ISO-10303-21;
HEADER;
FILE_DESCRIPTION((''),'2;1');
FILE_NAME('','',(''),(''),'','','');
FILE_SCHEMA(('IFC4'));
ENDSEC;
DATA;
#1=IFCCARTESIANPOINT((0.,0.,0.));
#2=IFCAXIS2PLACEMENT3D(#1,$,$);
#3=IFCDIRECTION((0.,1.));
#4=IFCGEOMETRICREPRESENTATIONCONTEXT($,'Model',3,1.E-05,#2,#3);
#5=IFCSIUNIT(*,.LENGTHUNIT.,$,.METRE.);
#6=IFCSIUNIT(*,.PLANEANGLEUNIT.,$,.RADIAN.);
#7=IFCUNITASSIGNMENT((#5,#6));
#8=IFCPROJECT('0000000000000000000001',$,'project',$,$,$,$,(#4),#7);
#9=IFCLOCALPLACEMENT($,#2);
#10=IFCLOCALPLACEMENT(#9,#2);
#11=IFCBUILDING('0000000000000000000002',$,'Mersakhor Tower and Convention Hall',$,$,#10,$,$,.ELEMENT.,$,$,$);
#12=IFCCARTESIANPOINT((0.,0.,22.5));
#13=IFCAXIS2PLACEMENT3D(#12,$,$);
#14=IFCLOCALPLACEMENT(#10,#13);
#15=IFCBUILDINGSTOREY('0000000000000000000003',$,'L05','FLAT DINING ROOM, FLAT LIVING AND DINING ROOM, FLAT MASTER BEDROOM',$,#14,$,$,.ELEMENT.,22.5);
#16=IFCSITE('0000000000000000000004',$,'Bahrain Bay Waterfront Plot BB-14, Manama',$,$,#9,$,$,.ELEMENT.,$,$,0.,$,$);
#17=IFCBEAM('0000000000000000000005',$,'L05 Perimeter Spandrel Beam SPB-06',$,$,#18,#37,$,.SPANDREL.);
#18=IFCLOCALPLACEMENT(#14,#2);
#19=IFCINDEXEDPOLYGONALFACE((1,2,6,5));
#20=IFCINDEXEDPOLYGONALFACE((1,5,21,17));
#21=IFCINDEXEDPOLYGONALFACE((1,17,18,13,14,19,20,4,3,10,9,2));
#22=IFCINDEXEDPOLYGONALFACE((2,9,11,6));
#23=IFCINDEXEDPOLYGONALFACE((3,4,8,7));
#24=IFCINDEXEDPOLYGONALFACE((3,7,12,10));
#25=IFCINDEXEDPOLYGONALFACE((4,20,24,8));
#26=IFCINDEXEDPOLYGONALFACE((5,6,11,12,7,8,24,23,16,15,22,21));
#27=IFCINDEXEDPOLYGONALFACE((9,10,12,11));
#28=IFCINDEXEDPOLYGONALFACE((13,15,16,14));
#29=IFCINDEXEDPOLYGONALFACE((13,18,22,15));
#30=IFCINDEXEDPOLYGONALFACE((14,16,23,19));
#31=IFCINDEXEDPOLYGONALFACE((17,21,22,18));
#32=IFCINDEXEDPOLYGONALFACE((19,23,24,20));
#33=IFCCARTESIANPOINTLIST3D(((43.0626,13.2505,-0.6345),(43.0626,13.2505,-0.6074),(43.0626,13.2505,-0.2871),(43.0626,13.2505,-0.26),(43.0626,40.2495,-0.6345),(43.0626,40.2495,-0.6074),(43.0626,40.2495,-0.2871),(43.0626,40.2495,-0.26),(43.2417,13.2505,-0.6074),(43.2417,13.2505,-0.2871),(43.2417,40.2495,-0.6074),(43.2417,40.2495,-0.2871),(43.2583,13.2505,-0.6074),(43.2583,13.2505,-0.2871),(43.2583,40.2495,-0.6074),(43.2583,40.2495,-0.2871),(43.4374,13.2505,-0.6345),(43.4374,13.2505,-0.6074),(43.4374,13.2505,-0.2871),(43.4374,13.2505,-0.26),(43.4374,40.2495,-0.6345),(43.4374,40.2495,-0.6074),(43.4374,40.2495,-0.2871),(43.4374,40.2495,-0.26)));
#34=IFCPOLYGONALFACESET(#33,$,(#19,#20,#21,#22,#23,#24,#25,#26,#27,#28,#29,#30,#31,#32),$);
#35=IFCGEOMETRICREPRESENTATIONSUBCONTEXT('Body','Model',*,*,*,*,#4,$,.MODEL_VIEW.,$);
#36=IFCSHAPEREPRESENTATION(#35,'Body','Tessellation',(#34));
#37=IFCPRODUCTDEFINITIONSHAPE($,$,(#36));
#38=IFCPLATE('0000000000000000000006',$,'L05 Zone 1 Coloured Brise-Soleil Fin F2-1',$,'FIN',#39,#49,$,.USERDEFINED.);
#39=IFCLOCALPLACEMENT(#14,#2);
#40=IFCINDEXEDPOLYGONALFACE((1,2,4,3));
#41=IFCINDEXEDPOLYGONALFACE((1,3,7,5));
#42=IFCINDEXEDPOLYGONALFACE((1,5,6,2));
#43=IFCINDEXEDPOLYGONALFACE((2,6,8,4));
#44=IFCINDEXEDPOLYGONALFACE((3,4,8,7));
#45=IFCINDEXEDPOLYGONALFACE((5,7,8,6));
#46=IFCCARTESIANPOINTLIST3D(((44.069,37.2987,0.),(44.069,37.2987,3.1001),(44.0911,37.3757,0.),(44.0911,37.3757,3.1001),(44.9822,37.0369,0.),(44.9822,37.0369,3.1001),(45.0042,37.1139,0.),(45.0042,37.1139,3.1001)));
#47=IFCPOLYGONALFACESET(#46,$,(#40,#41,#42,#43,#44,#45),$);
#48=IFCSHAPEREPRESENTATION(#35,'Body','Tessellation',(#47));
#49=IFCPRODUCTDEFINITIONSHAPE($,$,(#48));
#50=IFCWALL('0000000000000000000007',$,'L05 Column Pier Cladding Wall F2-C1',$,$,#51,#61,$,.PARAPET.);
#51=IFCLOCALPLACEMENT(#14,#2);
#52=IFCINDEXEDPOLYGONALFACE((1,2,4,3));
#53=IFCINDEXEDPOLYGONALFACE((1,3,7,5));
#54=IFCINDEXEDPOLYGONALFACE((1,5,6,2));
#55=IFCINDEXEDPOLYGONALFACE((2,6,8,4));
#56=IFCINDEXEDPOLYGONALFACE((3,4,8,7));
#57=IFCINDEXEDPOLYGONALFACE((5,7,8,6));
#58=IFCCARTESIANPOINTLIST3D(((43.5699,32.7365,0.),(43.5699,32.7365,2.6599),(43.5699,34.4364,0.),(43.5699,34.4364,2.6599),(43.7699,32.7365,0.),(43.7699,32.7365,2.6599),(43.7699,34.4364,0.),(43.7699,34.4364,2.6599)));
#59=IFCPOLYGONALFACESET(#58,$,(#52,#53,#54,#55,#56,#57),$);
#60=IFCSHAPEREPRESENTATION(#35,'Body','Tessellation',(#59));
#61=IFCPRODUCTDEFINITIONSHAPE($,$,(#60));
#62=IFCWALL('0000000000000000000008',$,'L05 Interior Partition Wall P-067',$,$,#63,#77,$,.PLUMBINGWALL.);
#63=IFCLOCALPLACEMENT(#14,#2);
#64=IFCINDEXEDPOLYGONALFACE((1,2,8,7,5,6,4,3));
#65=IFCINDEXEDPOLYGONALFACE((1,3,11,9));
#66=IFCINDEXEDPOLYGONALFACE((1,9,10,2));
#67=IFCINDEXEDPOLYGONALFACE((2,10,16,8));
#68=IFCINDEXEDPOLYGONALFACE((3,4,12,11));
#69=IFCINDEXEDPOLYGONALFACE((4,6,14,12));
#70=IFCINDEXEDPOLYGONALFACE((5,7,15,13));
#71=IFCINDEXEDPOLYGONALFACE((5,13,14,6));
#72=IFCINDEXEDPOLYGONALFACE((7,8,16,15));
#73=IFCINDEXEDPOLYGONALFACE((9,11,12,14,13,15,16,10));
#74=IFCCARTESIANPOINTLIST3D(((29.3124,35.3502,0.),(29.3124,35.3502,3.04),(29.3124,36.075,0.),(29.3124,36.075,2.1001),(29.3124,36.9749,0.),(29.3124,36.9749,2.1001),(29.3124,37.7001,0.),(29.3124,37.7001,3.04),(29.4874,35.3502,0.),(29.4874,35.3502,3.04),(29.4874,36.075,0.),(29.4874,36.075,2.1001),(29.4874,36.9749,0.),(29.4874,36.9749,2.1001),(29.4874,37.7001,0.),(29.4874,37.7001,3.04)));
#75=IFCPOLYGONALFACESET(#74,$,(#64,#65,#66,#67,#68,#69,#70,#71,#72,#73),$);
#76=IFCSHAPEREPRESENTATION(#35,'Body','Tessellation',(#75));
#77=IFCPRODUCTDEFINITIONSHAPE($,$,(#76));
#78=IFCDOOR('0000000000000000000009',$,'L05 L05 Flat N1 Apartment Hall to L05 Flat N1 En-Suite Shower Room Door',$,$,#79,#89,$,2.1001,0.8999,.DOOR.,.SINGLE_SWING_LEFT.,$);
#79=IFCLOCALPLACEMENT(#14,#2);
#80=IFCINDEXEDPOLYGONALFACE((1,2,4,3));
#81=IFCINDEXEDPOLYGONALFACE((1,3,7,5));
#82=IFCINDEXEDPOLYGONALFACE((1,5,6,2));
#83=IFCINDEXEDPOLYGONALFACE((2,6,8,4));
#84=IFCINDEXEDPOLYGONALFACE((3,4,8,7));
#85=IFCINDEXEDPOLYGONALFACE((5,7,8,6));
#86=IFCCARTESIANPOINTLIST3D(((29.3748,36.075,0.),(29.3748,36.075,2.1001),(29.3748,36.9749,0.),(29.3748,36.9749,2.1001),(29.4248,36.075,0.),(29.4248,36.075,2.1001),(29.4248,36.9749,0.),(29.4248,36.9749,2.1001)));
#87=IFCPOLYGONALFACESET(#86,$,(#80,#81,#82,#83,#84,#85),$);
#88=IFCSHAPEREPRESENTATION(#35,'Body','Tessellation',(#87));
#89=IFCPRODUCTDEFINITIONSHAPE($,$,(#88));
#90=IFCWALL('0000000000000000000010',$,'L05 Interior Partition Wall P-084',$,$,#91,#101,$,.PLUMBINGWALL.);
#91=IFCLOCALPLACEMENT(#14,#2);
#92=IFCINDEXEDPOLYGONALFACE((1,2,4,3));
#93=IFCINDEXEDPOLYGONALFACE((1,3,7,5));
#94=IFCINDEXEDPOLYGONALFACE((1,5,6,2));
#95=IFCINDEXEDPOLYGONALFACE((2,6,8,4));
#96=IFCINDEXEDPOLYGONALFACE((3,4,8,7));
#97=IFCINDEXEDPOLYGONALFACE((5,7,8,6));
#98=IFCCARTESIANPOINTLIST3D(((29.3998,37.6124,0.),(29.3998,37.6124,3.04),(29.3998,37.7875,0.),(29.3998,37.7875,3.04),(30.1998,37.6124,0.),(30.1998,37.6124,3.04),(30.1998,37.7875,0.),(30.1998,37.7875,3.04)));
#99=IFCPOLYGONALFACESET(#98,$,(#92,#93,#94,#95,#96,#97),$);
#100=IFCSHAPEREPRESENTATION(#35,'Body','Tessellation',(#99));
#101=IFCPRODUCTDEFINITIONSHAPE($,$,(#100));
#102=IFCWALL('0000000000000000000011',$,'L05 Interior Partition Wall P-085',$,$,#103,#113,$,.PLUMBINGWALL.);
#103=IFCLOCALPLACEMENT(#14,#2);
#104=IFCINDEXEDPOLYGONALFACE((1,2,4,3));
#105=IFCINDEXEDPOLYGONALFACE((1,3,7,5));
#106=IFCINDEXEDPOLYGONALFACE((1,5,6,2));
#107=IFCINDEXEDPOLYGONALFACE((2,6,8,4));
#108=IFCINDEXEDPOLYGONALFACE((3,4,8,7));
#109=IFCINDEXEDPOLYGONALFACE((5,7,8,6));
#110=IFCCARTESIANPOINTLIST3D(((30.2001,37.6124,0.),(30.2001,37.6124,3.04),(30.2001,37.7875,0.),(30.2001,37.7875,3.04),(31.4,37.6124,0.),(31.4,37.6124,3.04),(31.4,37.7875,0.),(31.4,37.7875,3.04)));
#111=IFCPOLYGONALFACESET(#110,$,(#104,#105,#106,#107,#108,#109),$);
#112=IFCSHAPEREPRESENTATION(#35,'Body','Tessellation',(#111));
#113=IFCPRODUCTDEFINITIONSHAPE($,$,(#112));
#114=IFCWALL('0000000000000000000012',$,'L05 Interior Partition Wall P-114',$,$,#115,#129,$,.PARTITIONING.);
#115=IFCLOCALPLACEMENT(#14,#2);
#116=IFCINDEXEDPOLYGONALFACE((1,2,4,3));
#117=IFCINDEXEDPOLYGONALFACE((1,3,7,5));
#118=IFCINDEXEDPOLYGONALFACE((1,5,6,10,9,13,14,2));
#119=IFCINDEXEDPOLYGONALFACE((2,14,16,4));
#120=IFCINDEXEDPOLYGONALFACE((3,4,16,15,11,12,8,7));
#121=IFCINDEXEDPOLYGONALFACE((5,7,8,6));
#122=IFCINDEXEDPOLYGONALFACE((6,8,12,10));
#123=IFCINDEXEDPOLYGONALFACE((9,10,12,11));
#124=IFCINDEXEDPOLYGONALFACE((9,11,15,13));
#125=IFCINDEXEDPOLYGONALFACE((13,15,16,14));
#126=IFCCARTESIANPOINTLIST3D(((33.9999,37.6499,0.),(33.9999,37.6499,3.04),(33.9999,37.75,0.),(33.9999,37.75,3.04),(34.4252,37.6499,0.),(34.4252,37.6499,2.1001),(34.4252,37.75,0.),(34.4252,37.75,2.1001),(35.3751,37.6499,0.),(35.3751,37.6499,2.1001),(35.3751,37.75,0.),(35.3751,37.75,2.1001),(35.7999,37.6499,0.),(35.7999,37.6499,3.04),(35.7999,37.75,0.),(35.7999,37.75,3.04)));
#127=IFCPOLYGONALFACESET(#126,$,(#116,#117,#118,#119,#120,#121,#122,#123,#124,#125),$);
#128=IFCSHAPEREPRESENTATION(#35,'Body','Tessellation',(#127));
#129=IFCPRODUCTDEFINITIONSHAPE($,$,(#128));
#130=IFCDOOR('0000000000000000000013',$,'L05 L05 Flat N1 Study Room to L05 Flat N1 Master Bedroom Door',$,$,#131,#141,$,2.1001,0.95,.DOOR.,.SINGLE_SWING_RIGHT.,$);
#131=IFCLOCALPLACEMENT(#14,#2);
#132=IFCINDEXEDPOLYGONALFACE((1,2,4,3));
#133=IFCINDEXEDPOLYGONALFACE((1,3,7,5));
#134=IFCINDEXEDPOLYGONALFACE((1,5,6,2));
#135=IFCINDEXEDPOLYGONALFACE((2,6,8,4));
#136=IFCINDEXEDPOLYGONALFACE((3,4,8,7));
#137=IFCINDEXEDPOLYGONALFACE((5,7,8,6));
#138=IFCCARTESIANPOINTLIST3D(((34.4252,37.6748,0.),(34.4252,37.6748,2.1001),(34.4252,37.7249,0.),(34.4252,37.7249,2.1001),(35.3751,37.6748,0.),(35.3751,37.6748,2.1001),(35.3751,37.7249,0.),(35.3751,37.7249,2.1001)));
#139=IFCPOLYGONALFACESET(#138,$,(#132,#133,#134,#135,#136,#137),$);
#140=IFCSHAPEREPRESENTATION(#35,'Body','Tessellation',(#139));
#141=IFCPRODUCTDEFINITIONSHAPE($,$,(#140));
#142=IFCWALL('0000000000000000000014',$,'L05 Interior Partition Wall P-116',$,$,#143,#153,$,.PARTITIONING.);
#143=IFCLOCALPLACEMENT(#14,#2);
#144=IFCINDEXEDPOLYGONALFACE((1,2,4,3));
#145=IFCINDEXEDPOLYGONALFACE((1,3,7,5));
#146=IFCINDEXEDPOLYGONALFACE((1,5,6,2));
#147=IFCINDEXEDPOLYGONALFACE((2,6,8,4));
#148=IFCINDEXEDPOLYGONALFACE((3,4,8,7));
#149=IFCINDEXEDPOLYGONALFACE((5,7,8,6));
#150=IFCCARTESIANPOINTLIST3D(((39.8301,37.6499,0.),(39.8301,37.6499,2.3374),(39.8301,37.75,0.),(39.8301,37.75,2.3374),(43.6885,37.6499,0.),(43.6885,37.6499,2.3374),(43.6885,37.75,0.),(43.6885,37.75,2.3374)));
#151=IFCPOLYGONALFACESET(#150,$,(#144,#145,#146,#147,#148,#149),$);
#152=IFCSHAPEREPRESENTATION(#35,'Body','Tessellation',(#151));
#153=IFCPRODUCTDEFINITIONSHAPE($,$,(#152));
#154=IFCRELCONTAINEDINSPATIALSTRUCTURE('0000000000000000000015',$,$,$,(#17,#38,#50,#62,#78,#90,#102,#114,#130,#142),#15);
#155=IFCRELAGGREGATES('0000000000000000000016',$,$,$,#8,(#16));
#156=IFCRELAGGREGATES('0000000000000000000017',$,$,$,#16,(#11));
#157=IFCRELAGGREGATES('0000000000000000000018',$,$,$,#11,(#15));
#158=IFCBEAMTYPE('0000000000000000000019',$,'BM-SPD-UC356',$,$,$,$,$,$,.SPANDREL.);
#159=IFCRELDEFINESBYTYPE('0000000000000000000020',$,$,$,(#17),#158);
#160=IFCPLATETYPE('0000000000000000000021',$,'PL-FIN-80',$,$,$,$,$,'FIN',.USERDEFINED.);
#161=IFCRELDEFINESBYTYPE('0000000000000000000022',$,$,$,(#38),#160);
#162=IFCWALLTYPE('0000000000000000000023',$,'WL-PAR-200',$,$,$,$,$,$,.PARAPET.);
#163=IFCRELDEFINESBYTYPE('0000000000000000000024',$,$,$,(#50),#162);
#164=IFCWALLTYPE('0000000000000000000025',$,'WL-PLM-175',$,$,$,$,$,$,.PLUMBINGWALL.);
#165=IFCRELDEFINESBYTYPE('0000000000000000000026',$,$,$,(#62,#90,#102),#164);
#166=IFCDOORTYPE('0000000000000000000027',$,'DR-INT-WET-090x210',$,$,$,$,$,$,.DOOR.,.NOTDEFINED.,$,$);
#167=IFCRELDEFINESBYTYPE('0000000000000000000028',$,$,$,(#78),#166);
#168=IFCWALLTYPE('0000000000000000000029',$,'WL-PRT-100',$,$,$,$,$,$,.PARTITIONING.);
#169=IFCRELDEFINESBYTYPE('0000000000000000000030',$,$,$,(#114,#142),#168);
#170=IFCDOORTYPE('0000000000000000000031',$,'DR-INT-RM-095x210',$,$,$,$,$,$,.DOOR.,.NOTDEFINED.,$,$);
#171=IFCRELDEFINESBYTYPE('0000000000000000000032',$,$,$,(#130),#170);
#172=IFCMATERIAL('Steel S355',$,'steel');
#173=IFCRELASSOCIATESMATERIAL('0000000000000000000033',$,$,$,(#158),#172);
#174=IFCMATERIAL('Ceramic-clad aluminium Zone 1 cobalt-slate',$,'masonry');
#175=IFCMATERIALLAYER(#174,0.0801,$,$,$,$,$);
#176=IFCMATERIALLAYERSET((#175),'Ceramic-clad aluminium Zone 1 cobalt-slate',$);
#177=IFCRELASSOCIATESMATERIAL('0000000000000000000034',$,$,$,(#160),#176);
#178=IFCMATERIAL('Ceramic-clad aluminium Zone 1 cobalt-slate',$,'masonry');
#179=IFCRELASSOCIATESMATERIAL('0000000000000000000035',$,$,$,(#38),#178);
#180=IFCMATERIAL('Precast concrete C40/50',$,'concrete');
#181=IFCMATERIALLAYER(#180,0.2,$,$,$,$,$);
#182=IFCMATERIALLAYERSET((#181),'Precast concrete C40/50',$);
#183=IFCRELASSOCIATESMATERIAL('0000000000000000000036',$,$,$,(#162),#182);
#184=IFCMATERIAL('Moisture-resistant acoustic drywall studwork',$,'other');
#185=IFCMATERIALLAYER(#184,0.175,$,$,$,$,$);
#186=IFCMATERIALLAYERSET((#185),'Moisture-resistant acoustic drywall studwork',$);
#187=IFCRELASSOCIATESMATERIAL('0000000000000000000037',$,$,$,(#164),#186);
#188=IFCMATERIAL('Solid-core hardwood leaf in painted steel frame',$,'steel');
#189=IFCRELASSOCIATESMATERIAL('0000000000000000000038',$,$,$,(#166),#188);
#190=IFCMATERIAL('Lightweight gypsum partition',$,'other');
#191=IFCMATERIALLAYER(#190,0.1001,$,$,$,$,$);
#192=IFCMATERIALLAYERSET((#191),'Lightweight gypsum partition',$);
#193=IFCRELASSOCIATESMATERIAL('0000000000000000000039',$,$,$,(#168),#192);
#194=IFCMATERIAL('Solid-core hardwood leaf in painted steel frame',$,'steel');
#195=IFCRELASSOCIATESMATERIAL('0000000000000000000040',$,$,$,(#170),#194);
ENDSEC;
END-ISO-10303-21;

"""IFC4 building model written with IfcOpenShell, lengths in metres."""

from ifc_helpers import new_model, si_unit, direction, frame, frame_2d, origin, origin_2d, place, context, subcontext, project, spatial, rectangle, i_section, extrude, material, layer, layer_set, material_profile, profile_set, type_object, element, fill, save


model = new_model("IFC4")

# Units and contexts
model_context = context("Model", 3, precision=1e-05, world=origin(), true_north=direction((0.0, 1.0)))
body_context = subcontext(model_context, "Body", "Model", "MODEL_VIEW")
ifc_project = project(units=[si_unit("LENGTHUNIT", "METRE"), si_unit("PLANEANGLEUNIT", "RADIAN")], contexts=[model_context])

# Site, building, storey
site_placement = place(None, origin())
site = spatial("IfcSite", under=ifc_project, at=site_placement, Name="Bahrain Bay Waterfront Plot BB-14, Manama", CompositionType="ELEMENT", RefElevation=0.0)
building_placement = place(site_placement, origin())
building = spatial("IfcBuilding", under=site, at=building_placement, Name="Mersakhor Tower and Convention Hall", CompositionType="ELEMENT")
storey_placement = place(building_placement, frame((0.0, 0.0, 22.5)))
storey = spatial("IfcBuildingStorey", under=building, at=storey_placement, Name="L05", Description="FLAT DINING ROOM, FLAT LIVING AND DINING ROOM, FLAT MASTER BEDROOM", CompositionType="ELEMENT", Elevation=22.5)

# Beam
ifc_material_1 = material(Name="Steel S355", Category="steel")
ifc_material_profile = material_profile(ifc_material_1, i_section(OverallWidth=0.3748, OverallDepth=0.3745, WebThickness=0.0166, FlangeThickness=0.0271, at=origin_2d()), Name="UC 356x368x202")
ifc_profile_set = profile_set([ifc_material_profile], Name="Steel S355")
beam_type = type_object("IfcBeamType", Name="BM-SPD-UC356", PredefinedType="SPANDREL", material=ifc_profile_set)
beam_placement = place(storey_placement, frame((43.25, 40.2495, -0.4473), z_axis=(0.0, -1.0, 0.0), x_axis=(1.0, 0.0, 0.0)))
element("IfcBeam", 1, at=beam_placement, inside=storey, type_object=beam_type, Name="L05 Perimeter Spandrel Beam SPB-06", PredefinedType="SPANDREL", context=body_context, shape_type="SweptSolid", body=[
    extrude(i_section(OverallWidth=0.3748, OverallDepth=0.3745, WebThickness=0.0166, FlangeThickness=0.0271, at=origin_2d()), origin(), (0.0, 0.0, 1.0), 26.999),
])

# Plate
ifc_material_2 = material(Name="Ceramic-clad aluminium Zone 1 cobalt-slate", Category="masonry")
ifc_material_3 = material(Name="Ceramic-clad aluminium Zone 1 cobalt-slate", Category="masonry")
ifc_layer_1 = layer(ifc_material_3, 0.0801)
ifc_layer_set_1 = layer_set([ifc_layer_1], Name="Ceramic-clad aluminium Zone 1 cobalt-slate")
plate_type = type_object("IfcPlateType", Name="PL-FIN-80", ElementType="FIN", PredefinedType="USERDEFINED", material=ifc_layer_set_1)
plate_placement = place(storey_placement, frame((44.5366, 37.2063, 0.0), z_axis=(0.0, 0.0, 1.0), x_axis=(0.961262, -0.275637, 0.0)))
element("IfcPlate", 2, at=plate_placement, inside=storey, type_object=plate_type, material=ifc_material_2, Name="L05 Zone 1 Coloured Brise-Soleil Fin F2-1", ObjectType="FIN", PredefinedType="USERDEFINED", context=body_context, shape_type="SweptSolid", body=[
    extrude(rectangle(XDim=0.95, YDim=0.0801, at=origin_2d()), origin(), (0.0, 0.0, 1.0), 3.1001),
])

# Wall
ifc_material_4 = material(Name="Precast concrete C40/50", Category="concrete")
ifc_layer_2 = layer(ifc_material_4, 0.2)
ifc_layer_set_2 = layer_set([ifc_layer_2], Name="Precast concrete C40/50")
wall_type_1 = type_object("IfcWallType", Name="WL-PAR-200", PredefinedType="PARAPET", material=ifc_layer_set_2)
wall_1_placement = place(storey_placement, frame((43.6699, 34.4365, 0.0), z_axis=(0.0, 0.0, 1.0), x_axis=(0.0, -1.0, 0.0)))
element("IfcWall", 3, at=wall_1_placement, inside=storey, type_object=wall_type_1, Name="L05 Column Pier Cladding Wall F2-C1", PredefinedType="PARAPET", context=body_context, shape_type="SweptSolid", body=[
    extrude(rectangle(XDim=1.7, YDim=0.2, at=frame_2d((0.8501, 0.0))), origin(), (0.0, 0.0, 1.0), 2.6599),
])

# Wall, opening, door
ifc_material_5 = material(Name="Moisture-resistant acoustic drywall studwork", Category="other")
ifc_layer_3 = layer(ifc_material_5, 0.175)
ifc_layer_set_3 = layer_set([ifc_layer_3], Name="Moisture-resistant acoustic drywall studwork")
wall_type_2 = type_object("IfcWallType", Name="WL-PLM-175", PredefinedType="PLUMBINGWALL", material=ifc_layer_set_3)
wall_2_placement = place(storey_placement, frame((29.3999, 37.7, 0.0), z_axis=(0.0, 0.0, 1.0), x_axis=(0.0, -1.0, 0.0)))
wall_2 = element("IfcWall", 4, at=wall_2_placement, inside=storey, type_object=wall_type_2, Name="L05 Interior Partition Wall P-067", PredefinedType="PLUMBINGWALL", context=body_context, shape_type="SweptSolid", body=[
    extrude(rectangle(XDim=2.3499, YDim=0.175, at=frame_2d((1.1748, 0.0))), origin(), (0.0, 0.0, 1.0), 3.04),
])
opening_1_placement = place(wall_2_placement, frame((0.7251, 0.0, 0.0)))
opening_1 = element("IfcOpeningElement", 5, at=opening_1_placement, cuts=wall_2, PredefinedType="OPENING", context=body_context, shape_type="SweptSolid", body=[
    extrude(rectangle(XDim=0.8999, YDim=2.1001, at=frame_2d((0.45, 1.05))), frame((0.0, 0.0974, 0.0), z_axis=(0.0, -1.0, 0.0), x_axis=(1.0, 0.0, 0.0)), (0.0, 0.0, 1.0), 0.1951),
])
ifc_material_6 = material(Name="Solid-core hardwood leaf in painted steel frame", Category="steel")
door_type_1 = type_object("IfcDoorType", Name="DR-INT-WET-090x210", OperationType="NOTDEFINED", PredefinedType="DOOR", material=ifc_material_6)
door_1_placement = place(opening_1_placement, origin())
door_1 = element("IfcDoor", 6, at=door_1_placement, inside=storey, type_object=door_type_1, Name="L05 L05 Flat N1 Apartment Hall to L05 Flat N1 En-Suite Shower Room Door", OperationType="SINGLE_SWING_LEFT", OverallHeight=2.1001, OverallWidth=0.8999, PredefinedType="DOOR", context=body_context, shape_type="SweptSolid", body=[
    extrude(rectangle(XDim=0.8999, YDim=2.1001, at=frame_2d((0.45, 1.05))), frame((0.0, 0.0249, 0.0), z_axis=(0.0, -1.0, 0.0), x_axis=(1.0, 0.0, 0.0)), (0.0, 0.0, 1.0), 0.05),
])
fill(opening_1, door_1)

# Walls
wall_3_placement = place(storey_placement, frame((29.3999, 37.7, 0.0), z_axis=(0.0, 0.0, 1.0), x_axis=(1.0, 0.0, 0.0)))
element("IfcWall", 7, at=wall_3_placement, inside=storey, type_object=wall_type_2, Name="L05 Interior Partition Wall P-084", PredefinedType="PLUMBINGWALL", context=body_context, shape_type="SweptSolid", body=[
    extrude(rectangle(XDim=0.8, YDim=0.175, at=frame_2d((0.3999, 0.0))), origin(), (0.0, 0.0, 1.0), 3.04),
])
wall_4_placement = place(storey_placement, frame((30.2, 37.7, 0.0), z_axis=(0.0, 0.0, 1.0), x_axis=(1.0, 0.0, 0.0)))
element("IfcWall", 8, at=wall_4_placement, inside=storey, type_object=wall_type_2, Name="L05 Interior Partition Wall P-085", PredefinedType="PLUMBINGWALL", context=body_context, shape_type="SweptSolid", body=[
    extrude(rectangle(XDim=1.2, YDim=0.175, at=frame_2d((0.6001, 0.0))), origin(), (0.0, 0.0, 1.0), 3.04),
])

# Wall, opening, door
ifc_material_7 = material(Name="Lightweight gypsum partition", Category="other")
ifc_layer_4 = layer(ifc_material_7, 0.1001)
ifc_layer_set_4 = layer_set([ifc_layer_4], Name="Lightweight gypsum partition")
wall_type_3 = type_object("IfcWallType", Name="WL-PRT-100", PredefinedType="PARTITIONING", material=ifc_layer_set_4)
wall_5_placement = place(storey_placement, frame((34.0, 37.7, 0.0), z_axis=(0.0, 0.0, 1.0), x_axis=(1.0, 0.0, 0.0)))
wall_5 = element("IfcWall", 9, at=wall_5_placement, inside=storey, type_object=wall_type_3, Name="L05 Interior Partition Wall P-114", PredefinedType="PARTITIONING", context=body_context, shape_type="SweptSolid", body=[
    extrude(rectangle(XDim=1.8, YDim=0.1001, at=frame_2d((0.8999, 0.0))), origin(), (0.0, 0.0, 1.0), 3.04),
])
opening_2_placement = place(wall_5_placement, frame((0.425, 0.0, 0.0)))
opening_2 = element("IfcOpeningElement", 10, at=opening_2_placement, cuts=wall_5, PredefinedType="OPENING", context=body_context, shape_type="SweptSolid", body=[
    extrude(rectangle(XDim=0.95, YDim=2.1001, at=frame_2d((0.4751, 1.05))), frame((0.0, 0.0601, 0.0), z_axis=(0.0, -1.0, 0.0), x_axis=(1.0, 0.0, 0.0)), (0.0, 0.0, 1.0), 0.1201),
])
ifc_material_8 = material(Name="Solid-core hardwood leaf in painted steel frame", Category="steel")
door_type_2 = type_object("IfcDoorType", Name="DR-INT-RM-095x210", OperationType="NOTDEFINED", PredefinedType="DOOR", material=ifc_material_8)
door_2_placement = place(opening_2_placement, origin())
door_2 = element("IfcDoor", 11, at=door_2_placement, inside=storey, type_object=door_type_2, Name="L05 L05 Flat N1 Study Room to L05 Flat N1 Master Bedroom Door", OperationType="SINGLE_SWING_RIGHT", OverallHeight=2.1001, OverallWidth=0.95, PredefinedType="DOOR", context=body_context, shape_type="SweptSolid", body=[
    extrude(rectangle(XDim=0.95, YDim=2.1001, at=frame_2d((0.4751, 1.05))), frame((0.0, 0.0249, 0.0), z_axis=(0.0, -1.0, 0.0), x_axis=(1.0, 0.0, 0.0)), (0.0, 0.0, 1.0), 0.05),
])
fill(opening_2, door_2)

# Wall
wall_6_placement = place(storey_placement, frame((39.8301, 37.7, 0.0), z_axis=(0.0, 0.0, 1.0), x_axis=(1.0, 0.0, 0.0)))
element("IfcWall", 12, at=wall_6_placement, inside=storey, type_object=wall_type_3, Name="L05 Interior Partition Wall P-116", PredefinedType="PARTITIONING", context=body_context, shape_type="SweptSolid", body=[
    extrude(rectangle(XDim=3.8584, YDim=0.1001, at=frame_2d((1.9292, 0.0))), origin(), (0.0, 0.0, 1.0), 2.3374),
])

save(model, "model.ifc")
